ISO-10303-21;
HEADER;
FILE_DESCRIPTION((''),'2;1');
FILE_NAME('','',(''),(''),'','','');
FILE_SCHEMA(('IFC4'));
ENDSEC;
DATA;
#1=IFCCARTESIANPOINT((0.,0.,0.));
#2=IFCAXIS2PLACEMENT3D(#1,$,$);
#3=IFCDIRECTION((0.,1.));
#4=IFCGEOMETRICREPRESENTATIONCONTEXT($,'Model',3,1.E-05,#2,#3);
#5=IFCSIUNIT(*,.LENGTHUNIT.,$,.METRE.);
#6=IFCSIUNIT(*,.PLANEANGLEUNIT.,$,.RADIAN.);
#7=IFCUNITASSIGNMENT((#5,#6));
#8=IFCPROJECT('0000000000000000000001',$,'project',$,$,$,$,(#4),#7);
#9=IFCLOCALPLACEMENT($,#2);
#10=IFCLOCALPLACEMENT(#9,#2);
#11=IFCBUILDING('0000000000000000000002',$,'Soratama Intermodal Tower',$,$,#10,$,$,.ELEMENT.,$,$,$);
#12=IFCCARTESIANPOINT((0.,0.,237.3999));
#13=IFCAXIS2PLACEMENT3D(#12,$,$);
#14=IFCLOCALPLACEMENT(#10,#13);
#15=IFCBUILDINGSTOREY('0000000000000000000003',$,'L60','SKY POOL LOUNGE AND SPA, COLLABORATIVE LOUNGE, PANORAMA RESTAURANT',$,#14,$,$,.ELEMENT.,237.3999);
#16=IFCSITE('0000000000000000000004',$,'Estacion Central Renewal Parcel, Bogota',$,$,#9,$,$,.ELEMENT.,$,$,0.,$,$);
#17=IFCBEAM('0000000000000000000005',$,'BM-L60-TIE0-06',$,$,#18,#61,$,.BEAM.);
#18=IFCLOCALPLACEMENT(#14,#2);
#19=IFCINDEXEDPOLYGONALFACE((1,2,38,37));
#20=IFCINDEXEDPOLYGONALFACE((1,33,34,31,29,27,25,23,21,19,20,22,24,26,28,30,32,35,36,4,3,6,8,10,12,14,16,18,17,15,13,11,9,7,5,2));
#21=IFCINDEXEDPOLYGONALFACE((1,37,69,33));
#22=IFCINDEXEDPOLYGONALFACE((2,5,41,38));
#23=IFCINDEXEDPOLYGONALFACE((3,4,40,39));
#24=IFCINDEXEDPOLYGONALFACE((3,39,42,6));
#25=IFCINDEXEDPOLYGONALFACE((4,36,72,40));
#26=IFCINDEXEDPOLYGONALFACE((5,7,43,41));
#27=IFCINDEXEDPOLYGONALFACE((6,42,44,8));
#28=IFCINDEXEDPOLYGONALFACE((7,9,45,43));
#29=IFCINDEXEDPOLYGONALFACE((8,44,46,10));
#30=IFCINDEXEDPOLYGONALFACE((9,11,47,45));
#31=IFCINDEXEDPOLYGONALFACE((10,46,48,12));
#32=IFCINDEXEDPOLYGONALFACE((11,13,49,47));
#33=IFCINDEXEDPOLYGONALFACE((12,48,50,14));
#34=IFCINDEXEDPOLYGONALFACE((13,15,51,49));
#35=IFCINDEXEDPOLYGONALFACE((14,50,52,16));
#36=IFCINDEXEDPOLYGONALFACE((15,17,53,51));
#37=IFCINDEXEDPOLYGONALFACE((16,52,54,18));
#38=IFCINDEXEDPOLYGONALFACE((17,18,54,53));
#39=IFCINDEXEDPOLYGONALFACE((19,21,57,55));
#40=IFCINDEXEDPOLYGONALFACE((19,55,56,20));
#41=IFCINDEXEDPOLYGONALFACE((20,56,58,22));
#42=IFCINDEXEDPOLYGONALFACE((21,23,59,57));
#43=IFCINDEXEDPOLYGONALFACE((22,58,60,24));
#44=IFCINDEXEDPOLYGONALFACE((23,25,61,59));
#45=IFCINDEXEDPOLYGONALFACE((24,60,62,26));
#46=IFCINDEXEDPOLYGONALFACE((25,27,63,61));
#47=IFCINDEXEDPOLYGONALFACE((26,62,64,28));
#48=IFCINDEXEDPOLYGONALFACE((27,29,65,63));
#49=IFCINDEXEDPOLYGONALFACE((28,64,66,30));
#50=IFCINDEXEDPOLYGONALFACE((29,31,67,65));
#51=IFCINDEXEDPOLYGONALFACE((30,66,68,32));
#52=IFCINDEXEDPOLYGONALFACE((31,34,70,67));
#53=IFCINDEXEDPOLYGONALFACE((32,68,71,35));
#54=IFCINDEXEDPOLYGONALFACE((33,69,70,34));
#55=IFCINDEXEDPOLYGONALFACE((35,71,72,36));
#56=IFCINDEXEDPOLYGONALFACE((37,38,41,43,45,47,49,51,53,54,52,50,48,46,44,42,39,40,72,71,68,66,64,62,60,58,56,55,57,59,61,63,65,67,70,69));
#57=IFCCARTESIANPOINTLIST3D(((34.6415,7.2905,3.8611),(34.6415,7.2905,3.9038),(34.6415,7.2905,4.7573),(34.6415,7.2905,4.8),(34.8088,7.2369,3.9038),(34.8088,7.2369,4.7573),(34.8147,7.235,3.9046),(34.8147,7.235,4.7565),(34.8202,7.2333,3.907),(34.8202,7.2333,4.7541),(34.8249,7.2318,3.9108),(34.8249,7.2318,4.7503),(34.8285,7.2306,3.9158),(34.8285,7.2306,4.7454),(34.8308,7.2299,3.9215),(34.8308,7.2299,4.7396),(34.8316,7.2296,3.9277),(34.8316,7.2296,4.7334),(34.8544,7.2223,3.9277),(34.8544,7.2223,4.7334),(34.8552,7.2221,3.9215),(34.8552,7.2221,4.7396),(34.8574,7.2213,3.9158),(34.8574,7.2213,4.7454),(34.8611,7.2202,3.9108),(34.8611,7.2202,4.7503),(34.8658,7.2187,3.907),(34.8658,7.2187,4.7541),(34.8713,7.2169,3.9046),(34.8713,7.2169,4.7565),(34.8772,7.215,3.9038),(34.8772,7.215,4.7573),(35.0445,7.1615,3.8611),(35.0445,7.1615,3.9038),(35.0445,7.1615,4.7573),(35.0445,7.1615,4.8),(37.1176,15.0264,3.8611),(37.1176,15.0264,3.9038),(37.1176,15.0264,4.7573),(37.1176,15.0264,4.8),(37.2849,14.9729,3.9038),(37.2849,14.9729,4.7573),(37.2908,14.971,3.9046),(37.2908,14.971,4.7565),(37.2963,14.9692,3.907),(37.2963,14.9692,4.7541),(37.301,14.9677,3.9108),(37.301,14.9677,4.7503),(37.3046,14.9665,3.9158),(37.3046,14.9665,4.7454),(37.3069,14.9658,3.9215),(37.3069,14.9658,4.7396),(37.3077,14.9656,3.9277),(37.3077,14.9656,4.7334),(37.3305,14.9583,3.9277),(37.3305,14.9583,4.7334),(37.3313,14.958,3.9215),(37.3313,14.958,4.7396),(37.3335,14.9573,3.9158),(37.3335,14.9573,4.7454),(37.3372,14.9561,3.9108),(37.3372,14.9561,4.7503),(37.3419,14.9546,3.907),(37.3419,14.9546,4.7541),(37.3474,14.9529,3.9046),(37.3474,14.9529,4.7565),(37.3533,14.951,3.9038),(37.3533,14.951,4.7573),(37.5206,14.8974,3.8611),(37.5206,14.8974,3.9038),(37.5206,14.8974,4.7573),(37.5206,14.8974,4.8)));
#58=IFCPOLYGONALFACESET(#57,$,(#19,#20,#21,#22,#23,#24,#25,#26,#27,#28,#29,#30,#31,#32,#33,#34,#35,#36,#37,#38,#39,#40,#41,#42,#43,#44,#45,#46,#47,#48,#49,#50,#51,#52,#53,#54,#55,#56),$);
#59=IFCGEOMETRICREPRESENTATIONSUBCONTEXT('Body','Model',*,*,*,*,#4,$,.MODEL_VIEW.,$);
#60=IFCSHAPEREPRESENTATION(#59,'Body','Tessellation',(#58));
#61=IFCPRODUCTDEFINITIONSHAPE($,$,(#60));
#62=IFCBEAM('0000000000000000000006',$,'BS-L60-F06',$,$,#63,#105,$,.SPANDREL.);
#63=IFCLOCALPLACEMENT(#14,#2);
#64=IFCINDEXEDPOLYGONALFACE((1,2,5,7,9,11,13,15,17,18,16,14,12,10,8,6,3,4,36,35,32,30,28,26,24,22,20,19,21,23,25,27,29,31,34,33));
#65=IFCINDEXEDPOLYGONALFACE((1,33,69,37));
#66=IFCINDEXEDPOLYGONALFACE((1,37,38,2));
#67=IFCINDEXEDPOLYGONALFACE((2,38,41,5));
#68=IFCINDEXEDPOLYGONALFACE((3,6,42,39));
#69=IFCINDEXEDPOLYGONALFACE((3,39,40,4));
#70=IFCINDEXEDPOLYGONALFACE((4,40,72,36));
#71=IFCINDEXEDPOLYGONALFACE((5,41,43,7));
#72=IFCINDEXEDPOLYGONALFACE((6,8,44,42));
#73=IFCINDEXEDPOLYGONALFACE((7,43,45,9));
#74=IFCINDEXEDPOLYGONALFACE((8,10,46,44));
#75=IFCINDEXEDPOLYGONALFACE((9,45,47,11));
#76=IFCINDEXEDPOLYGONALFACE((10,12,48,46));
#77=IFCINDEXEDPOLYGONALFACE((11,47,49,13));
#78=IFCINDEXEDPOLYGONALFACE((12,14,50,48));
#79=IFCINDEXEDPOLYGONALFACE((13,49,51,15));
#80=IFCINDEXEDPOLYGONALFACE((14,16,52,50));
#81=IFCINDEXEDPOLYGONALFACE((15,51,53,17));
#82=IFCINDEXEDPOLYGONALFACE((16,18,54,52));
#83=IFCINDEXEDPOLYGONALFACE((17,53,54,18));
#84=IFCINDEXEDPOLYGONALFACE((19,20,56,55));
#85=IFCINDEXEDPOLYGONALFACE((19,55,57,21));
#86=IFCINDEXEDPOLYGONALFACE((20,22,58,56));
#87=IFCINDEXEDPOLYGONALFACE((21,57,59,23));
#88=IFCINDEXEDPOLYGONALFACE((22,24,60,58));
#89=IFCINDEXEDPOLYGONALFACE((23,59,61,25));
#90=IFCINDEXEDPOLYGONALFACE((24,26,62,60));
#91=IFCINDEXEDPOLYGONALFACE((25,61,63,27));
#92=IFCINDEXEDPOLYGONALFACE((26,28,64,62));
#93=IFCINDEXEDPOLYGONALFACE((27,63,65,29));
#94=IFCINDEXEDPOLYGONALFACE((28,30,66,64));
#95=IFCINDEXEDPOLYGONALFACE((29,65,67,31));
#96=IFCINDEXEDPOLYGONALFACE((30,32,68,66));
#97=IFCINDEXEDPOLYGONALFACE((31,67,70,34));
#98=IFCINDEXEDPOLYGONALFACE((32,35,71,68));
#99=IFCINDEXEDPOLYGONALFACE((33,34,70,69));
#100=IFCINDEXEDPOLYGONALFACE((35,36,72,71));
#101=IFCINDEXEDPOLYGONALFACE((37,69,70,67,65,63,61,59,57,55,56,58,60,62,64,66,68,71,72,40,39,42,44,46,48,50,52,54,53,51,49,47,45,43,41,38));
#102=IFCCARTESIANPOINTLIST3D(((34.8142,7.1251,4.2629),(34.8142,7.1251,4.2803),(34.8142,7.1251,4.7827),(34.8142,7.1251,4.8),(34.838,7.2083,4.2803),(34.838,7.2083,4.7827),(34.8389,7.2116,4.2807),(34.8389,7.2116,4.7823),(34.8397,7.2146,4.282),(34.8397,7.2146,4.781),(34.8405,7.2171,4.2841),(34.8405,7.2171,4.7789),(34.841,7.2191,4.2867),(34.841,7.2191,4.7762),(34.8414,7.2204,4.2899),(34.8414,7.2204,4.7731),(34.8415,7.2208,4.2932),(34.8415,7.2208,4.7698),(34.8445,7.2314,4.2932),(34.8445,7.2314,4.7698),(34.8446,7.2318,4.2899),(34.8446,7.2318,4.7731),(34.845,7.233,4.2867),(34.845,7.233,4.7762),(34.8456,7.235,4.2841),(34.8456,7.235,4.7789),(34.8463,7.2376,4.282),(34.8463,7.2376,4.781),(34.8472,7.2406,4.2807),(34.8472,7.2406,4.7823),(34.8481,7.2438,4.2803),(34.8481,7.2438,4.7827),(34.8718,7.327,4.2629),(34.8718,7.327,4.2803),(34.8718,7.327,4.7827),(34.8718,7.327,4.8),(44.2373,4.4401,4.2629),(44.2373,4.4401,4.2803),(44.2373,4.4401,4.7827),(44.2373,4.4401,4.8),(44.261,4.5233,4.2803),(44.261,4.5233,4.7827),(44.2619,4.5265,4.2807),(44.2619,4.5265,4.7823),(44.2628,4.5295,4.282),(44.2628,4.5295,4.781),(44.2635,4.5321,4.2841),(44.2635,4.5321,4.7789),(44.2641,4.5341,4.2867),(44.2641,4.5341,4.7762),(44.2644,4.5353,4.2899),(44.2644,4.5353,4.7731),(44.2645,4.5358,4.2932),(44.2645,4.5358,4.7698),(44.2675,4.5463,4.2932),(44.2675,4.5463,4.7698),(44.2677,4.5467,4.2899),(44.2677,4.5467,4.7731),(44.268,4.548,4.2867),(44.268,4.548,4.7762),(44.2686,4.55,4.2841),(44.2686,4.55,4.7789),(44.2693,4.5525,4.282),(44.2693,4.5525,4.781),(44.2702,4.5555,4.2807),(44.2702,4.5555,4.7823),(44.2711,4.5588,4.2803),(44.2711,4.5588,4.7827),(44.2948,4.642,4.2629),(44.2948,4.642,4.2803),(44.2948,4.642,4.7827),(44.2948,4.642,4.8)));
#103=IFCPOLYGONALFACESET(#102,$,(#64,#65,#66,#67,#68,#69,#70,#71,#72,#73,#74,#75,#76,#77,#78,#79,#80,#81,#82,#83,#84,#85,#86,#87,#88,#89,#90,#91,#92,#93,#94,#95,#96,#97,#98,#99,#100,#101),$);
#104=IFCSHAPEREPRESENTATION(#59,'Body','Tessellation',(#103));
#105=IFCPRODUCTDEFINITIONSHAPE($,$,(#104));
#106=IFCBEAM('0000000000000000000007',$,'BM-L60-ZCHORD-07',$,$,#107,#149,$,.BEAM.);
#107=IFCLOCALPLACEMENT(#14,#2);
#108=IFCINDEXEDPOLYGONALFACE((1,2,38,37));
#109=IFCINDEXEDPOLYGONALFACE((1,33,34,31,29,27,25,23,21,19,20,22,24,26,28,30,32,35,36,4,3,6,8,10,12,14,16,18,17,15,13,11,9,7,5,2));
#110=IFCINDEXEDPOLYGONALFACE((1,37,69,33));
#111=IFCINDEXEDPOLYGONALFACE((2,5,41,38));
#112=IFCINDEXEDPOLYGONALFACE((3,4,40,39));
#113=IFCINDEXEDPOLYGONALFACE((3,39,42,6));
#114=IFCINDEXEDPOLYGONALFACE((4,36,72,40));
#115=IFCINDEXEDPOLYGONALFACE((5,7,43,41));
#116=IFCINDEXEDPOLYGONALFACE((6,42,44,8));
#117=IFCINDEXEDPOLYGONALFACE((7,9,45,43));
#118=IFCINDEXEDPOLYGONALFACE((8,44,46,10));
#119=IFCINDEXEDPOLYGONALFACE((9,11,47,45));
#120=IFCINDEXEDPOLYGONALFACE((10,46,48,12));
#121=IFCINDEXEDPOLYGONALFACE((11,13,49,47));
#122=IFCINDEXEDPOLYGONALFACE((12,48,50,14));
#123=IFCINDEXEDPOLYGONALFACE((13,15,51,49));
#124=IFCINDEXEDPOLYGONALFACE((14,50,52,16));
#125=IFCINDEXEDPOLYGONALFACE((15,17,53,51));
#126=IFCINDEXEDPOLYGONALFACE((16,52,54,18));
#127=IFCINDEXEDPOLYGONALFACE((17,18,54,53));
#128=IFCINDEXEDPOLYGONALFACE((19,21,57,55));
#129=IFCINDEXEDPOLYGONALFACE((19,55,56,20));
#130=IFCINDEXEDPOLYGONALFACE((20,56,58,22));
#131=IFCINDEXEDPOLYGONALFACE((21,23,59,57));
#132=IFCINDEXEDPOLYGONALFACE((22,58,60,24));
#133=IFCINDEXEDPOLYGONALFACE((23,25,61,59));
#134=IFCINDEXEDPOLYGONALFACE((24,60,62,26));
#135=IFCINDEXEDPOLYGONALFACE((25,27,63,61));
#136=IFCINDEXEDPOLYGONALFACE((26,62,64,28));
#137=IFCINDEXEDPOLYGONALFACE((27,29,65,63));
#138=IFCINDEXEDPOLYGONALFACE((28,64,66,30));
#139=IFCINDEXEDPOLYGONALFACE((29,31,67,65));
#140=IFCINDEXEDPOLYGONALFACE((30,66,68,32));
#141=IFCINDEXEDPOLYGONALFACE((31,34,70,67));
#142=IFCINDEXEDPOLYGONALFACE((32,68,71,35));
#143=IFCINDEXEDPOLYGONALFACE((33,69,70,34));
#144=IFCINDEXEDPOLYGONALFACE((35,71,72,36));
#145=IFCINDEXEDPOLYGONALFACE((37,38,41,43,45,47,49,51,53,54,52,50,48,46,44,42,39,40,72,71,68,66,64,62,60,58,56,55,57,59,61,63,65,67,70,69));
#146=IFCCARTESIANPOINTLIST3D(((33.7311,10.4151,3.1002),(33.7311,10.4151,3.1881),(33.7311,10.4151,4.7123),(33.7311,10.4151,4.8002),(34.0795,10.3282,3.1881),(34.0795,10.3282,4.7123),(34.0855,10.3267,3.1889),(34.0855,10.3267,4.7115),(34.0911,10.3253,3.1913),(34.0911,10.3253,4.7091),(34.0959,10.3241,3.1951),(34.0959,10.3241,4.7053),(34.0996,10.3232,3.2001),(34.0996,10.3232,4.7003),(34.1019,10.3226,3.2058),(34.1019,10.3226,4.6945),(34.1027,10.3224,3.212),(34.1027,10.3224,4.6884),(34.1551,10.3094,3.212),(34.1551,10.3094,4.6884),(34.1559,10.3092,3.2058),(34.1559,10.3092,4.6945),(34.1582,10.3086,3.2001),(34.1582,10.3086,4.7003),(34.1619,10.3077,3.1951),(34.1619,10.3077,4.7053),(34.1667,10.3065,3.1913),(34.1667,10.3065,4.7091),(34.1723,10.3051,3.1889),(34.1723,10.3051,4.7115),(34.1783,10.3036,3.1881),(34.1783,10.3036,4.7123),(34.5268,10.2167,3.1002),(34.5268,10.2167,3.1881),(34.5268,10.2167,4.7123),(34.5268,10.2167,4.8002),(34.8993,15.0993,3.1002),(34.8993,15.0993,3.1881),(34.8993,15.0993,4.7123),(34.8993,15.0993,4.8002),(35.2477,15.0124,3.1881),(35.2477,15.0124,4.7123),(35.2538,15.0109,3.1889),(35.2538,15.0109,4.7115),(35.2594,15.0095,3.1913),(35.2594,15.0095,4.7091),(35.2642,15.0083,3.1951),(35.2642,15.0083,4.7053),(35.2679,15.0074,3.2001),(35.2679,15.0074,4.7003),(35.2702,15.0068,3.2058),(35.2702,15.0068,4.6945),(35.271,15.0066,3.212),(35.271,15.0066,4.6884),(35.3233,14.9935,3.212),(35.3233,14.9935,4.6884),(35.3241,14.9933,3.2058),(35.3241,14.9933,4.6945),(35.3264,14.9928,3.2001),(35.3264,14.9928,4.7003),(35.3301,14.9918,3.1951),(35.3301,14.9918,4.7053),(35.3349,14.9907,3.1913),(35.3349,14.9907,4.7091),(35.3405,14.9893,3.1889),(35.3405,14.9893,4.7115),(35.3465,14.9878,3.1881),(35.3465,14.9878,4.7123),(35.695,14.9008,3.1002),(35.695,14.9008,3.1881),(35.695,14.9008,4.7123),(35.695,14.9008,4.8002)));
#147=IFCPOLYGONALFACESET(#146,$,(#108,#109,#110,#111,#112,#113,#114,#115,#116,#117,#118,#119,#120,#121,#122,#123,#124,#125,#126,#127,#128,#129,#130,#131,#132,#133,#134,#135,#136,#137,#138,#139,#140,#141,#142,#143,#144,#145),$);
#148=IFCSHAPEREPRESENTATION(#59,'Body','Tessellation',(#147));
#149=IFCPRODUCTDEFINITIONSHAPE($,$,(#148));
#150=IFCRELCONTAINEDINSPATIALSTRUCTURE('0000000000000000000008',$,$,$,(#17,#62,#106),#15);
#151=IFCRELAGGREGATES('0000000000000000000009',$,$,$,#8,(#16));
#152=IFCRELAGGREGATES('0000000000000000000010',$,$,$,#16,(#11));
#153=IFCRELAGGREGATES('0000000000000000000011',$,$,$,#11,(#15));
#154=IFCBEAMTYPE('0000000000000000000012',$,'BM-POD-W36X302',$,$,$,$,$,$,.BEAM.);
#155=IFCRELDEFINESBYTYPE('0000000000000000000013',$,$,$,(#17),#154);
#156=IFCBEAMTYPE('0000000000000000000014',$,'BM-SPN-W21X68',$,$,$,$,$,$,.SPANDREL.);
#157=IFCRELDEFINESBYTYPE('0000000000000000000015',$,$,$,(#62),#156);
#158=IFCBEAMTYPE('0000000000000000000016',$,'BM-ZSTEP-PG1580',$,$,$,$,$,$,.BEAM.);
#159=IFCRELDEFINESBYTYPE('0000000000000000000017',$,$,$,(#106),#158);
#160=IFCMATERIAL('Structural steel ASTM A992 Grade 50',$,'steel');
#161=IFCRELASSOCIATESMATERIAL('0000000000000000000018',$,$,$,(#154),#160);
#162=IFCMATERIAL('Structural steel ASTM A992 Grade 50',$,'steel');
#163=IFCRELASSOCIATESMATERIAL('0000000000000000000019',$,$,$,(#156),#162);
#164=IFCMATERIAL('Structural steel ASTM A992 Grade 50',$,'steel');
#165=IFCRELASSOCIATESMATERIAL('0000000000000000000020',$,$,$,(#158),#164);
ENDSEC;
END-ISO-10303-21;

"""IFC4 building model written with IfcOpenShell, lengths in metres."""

from ifc_helpers import new_model, si_unit, direction, frame, origin, origin_2d, place, context, subcontext, project, spatial, i_section, extrude, material, material_profile, profile_set, type_object, element, save


model = new_model("IFC4")

# Units and contexts
model_context = context("Model", 3, precision=1e-05, world=origin(), true_north=direction((0.0, 1.0)))
body_context = subcontext(model_context, "Body", "Model", "MODEL_VIEW")
ifc_project = project(units=[si_unit("LENGTHUNIT", "METRE"), si_unit("PLANEANGLEUNIT", "RADIAN")], contexts=[model_context])

# Site, building, storey
site_placement = place(None, origin())
site = spatial("IfcSite", under=ifc_project, at=site_placement, Name="Estacion Central Renewal Parcel, Bogota", CompositionType="ELEMENT", RefElevation=0.0)
building_placement = place(site_placement, origin())
building = spatial("IfcBuilding", under=site, at=building_placement, Name="Soratama Intermodal Tower", CompositionType="ELEMENT")
storey_placement = place(building_placement, frame((0.0, 0.0, 237.3999)))
storey = spatial("IfcBuildingStorey", under=building, at=storey_placement, Name="L60", Description="SKY POOL LOUNGE AND SPA, COLLABORATIVE LOUNGE, PANORAMA RESTAURANT", CompositionType="ELEMENT", Elevation=237.3999)

# Beams
ifc_material_1 = material(Name="Structural steel ASTM A992 Grade 50", Category="steel")
ifc_material_profile_1 = material_profile(ifc_material_1, i_section(OverallWidth=0.4231, OverallDepth=0.939, WebThickness=0.0239, FlangeThickness=0.0427, FilletRadius=0.0239, at=origin_2d()), Name="W36X302")
ifc_profile_set_1 = profile_set([ifc_material_profile_1], Name="Structural steel ASTM A992 Grade 50")
beam_type_1 = type_object("IfcBeamType", Name="BM-POD-W36X302", PredefinedType="BEAM", material=ifc_profile_set_1)
beam_1_placement = place(storey_placement, frame((37.3191, 14.9619, 4.3306), z_axis=(-0.304843, -0.952403, 0.0), x_axis=(0.952403, -0.304843, 0.0)))
element("IfcBeam", 1, at=beam_1_placement, inside=storey, type_object=beam_type_1, Name="BM-L60-TIE0-06", PredefinedType="BEAM", context=body_context, shape_type="SweptSolid", body=[
    extrude(i_section(OverallWidth=0.4231, OverallDepth=0.939, WebThickness=0.0239, FlangeThickness=0.0427, FilletRadius=0.0239, at=origin_2d()), origin(), (0.0, 0.0, 1.0), 8.1226),
])
ifc_material_2 = material(Name="Structural steel ASTM A992 Grade 50", Category="steel")
ifc_material_profile_2 = material_profile(ifc_material_2, i_section(OverallWidth=0.21, OverallDepth=0.5371, WebThickness=0.011, FlangeThickness=0.0173, FilletRadius=0.0129, at=origin_2d()), Name="W21X68")
ifc_profile_set_2 = profile_set([ifc_material_profile_2], Name="Structural steel ASTM A992 Grade 50")
beam_type_2 = type_object("IfcBeamType", Name="BM-SPN-W21X68", PredefinedType="SPANDREL", material=ifc_profile_set_2)
beam_2_placement = place(storey_placement, frame((34.843, 7.2261, 4.5315), z_axis=(0.961719, -0.274037, 0.0), x_axis=(0.274037, 0.961719, 0.0)))
element("IfcBeam", 2, at=beam_2_placement, inside=storey, type_object=beam_type_2, Name="BS-L60-F06", PredefinedType="SPANDREL", context=body_context, shape_type="SweptSolid", body=[
    extrude(i_section(OverallWidth=0.21, OverallDepth=0.5371, WebThickness=0.011, FlangeThickness=0.0173, FilletRadius=0.0129, at=origin_2d()), origin(), (0.0, 0.0, 1.0), 9.7981),
])
ifc_material_3 = material(Name="Structural steel ASTM A992 Grade 50", Category="steel")
ifc_material_profile_3 = material_profile(ifc_material_3, i_section(OverallWidth=0.8201, OverallDepth=1.7, WebThickness=0.054, FlangeThickness=0.0879, FilletRadius=0.0239, at=origin_2d()), Name="PG1580X800")
ifc_profile_set_3 = profile_set([ifc_material_profile_3], Name="Structural steel ASTM A992 Grade 50")
beam_type_3 = type_object("IfcBeamType", Name="BM-ZSTEP-PG1580", PredefinedType="BEAM", material=ifc_profile_set_3)
beam_3_placement = place(storey_placement, frame((34.1289, 10.3159, 3.9502), z_axis=(0.241988, 0.970279, 0.0), x_axis=(-0.970279, 0.241988, 0.0)))
element("IfcBeam", 3, at=beam_3_placement, inside=storey, type_object=beam_type_3, Name="BM-L60-ZCHORD-07", PredefinedType="BEAM", context=body_context, shape_type="SweptSolid", body=[
    extrude(i_section(OverallWidth=0.8201, OverallDepth=1.7, WebThickness=0.054, FlangeThickness=0.0879, FilletRadius=0.0239, at=origin_2d()), origin(), (0.0, 0.0, 1.0), 4.8276),
])

save(model, "model.ifc")
